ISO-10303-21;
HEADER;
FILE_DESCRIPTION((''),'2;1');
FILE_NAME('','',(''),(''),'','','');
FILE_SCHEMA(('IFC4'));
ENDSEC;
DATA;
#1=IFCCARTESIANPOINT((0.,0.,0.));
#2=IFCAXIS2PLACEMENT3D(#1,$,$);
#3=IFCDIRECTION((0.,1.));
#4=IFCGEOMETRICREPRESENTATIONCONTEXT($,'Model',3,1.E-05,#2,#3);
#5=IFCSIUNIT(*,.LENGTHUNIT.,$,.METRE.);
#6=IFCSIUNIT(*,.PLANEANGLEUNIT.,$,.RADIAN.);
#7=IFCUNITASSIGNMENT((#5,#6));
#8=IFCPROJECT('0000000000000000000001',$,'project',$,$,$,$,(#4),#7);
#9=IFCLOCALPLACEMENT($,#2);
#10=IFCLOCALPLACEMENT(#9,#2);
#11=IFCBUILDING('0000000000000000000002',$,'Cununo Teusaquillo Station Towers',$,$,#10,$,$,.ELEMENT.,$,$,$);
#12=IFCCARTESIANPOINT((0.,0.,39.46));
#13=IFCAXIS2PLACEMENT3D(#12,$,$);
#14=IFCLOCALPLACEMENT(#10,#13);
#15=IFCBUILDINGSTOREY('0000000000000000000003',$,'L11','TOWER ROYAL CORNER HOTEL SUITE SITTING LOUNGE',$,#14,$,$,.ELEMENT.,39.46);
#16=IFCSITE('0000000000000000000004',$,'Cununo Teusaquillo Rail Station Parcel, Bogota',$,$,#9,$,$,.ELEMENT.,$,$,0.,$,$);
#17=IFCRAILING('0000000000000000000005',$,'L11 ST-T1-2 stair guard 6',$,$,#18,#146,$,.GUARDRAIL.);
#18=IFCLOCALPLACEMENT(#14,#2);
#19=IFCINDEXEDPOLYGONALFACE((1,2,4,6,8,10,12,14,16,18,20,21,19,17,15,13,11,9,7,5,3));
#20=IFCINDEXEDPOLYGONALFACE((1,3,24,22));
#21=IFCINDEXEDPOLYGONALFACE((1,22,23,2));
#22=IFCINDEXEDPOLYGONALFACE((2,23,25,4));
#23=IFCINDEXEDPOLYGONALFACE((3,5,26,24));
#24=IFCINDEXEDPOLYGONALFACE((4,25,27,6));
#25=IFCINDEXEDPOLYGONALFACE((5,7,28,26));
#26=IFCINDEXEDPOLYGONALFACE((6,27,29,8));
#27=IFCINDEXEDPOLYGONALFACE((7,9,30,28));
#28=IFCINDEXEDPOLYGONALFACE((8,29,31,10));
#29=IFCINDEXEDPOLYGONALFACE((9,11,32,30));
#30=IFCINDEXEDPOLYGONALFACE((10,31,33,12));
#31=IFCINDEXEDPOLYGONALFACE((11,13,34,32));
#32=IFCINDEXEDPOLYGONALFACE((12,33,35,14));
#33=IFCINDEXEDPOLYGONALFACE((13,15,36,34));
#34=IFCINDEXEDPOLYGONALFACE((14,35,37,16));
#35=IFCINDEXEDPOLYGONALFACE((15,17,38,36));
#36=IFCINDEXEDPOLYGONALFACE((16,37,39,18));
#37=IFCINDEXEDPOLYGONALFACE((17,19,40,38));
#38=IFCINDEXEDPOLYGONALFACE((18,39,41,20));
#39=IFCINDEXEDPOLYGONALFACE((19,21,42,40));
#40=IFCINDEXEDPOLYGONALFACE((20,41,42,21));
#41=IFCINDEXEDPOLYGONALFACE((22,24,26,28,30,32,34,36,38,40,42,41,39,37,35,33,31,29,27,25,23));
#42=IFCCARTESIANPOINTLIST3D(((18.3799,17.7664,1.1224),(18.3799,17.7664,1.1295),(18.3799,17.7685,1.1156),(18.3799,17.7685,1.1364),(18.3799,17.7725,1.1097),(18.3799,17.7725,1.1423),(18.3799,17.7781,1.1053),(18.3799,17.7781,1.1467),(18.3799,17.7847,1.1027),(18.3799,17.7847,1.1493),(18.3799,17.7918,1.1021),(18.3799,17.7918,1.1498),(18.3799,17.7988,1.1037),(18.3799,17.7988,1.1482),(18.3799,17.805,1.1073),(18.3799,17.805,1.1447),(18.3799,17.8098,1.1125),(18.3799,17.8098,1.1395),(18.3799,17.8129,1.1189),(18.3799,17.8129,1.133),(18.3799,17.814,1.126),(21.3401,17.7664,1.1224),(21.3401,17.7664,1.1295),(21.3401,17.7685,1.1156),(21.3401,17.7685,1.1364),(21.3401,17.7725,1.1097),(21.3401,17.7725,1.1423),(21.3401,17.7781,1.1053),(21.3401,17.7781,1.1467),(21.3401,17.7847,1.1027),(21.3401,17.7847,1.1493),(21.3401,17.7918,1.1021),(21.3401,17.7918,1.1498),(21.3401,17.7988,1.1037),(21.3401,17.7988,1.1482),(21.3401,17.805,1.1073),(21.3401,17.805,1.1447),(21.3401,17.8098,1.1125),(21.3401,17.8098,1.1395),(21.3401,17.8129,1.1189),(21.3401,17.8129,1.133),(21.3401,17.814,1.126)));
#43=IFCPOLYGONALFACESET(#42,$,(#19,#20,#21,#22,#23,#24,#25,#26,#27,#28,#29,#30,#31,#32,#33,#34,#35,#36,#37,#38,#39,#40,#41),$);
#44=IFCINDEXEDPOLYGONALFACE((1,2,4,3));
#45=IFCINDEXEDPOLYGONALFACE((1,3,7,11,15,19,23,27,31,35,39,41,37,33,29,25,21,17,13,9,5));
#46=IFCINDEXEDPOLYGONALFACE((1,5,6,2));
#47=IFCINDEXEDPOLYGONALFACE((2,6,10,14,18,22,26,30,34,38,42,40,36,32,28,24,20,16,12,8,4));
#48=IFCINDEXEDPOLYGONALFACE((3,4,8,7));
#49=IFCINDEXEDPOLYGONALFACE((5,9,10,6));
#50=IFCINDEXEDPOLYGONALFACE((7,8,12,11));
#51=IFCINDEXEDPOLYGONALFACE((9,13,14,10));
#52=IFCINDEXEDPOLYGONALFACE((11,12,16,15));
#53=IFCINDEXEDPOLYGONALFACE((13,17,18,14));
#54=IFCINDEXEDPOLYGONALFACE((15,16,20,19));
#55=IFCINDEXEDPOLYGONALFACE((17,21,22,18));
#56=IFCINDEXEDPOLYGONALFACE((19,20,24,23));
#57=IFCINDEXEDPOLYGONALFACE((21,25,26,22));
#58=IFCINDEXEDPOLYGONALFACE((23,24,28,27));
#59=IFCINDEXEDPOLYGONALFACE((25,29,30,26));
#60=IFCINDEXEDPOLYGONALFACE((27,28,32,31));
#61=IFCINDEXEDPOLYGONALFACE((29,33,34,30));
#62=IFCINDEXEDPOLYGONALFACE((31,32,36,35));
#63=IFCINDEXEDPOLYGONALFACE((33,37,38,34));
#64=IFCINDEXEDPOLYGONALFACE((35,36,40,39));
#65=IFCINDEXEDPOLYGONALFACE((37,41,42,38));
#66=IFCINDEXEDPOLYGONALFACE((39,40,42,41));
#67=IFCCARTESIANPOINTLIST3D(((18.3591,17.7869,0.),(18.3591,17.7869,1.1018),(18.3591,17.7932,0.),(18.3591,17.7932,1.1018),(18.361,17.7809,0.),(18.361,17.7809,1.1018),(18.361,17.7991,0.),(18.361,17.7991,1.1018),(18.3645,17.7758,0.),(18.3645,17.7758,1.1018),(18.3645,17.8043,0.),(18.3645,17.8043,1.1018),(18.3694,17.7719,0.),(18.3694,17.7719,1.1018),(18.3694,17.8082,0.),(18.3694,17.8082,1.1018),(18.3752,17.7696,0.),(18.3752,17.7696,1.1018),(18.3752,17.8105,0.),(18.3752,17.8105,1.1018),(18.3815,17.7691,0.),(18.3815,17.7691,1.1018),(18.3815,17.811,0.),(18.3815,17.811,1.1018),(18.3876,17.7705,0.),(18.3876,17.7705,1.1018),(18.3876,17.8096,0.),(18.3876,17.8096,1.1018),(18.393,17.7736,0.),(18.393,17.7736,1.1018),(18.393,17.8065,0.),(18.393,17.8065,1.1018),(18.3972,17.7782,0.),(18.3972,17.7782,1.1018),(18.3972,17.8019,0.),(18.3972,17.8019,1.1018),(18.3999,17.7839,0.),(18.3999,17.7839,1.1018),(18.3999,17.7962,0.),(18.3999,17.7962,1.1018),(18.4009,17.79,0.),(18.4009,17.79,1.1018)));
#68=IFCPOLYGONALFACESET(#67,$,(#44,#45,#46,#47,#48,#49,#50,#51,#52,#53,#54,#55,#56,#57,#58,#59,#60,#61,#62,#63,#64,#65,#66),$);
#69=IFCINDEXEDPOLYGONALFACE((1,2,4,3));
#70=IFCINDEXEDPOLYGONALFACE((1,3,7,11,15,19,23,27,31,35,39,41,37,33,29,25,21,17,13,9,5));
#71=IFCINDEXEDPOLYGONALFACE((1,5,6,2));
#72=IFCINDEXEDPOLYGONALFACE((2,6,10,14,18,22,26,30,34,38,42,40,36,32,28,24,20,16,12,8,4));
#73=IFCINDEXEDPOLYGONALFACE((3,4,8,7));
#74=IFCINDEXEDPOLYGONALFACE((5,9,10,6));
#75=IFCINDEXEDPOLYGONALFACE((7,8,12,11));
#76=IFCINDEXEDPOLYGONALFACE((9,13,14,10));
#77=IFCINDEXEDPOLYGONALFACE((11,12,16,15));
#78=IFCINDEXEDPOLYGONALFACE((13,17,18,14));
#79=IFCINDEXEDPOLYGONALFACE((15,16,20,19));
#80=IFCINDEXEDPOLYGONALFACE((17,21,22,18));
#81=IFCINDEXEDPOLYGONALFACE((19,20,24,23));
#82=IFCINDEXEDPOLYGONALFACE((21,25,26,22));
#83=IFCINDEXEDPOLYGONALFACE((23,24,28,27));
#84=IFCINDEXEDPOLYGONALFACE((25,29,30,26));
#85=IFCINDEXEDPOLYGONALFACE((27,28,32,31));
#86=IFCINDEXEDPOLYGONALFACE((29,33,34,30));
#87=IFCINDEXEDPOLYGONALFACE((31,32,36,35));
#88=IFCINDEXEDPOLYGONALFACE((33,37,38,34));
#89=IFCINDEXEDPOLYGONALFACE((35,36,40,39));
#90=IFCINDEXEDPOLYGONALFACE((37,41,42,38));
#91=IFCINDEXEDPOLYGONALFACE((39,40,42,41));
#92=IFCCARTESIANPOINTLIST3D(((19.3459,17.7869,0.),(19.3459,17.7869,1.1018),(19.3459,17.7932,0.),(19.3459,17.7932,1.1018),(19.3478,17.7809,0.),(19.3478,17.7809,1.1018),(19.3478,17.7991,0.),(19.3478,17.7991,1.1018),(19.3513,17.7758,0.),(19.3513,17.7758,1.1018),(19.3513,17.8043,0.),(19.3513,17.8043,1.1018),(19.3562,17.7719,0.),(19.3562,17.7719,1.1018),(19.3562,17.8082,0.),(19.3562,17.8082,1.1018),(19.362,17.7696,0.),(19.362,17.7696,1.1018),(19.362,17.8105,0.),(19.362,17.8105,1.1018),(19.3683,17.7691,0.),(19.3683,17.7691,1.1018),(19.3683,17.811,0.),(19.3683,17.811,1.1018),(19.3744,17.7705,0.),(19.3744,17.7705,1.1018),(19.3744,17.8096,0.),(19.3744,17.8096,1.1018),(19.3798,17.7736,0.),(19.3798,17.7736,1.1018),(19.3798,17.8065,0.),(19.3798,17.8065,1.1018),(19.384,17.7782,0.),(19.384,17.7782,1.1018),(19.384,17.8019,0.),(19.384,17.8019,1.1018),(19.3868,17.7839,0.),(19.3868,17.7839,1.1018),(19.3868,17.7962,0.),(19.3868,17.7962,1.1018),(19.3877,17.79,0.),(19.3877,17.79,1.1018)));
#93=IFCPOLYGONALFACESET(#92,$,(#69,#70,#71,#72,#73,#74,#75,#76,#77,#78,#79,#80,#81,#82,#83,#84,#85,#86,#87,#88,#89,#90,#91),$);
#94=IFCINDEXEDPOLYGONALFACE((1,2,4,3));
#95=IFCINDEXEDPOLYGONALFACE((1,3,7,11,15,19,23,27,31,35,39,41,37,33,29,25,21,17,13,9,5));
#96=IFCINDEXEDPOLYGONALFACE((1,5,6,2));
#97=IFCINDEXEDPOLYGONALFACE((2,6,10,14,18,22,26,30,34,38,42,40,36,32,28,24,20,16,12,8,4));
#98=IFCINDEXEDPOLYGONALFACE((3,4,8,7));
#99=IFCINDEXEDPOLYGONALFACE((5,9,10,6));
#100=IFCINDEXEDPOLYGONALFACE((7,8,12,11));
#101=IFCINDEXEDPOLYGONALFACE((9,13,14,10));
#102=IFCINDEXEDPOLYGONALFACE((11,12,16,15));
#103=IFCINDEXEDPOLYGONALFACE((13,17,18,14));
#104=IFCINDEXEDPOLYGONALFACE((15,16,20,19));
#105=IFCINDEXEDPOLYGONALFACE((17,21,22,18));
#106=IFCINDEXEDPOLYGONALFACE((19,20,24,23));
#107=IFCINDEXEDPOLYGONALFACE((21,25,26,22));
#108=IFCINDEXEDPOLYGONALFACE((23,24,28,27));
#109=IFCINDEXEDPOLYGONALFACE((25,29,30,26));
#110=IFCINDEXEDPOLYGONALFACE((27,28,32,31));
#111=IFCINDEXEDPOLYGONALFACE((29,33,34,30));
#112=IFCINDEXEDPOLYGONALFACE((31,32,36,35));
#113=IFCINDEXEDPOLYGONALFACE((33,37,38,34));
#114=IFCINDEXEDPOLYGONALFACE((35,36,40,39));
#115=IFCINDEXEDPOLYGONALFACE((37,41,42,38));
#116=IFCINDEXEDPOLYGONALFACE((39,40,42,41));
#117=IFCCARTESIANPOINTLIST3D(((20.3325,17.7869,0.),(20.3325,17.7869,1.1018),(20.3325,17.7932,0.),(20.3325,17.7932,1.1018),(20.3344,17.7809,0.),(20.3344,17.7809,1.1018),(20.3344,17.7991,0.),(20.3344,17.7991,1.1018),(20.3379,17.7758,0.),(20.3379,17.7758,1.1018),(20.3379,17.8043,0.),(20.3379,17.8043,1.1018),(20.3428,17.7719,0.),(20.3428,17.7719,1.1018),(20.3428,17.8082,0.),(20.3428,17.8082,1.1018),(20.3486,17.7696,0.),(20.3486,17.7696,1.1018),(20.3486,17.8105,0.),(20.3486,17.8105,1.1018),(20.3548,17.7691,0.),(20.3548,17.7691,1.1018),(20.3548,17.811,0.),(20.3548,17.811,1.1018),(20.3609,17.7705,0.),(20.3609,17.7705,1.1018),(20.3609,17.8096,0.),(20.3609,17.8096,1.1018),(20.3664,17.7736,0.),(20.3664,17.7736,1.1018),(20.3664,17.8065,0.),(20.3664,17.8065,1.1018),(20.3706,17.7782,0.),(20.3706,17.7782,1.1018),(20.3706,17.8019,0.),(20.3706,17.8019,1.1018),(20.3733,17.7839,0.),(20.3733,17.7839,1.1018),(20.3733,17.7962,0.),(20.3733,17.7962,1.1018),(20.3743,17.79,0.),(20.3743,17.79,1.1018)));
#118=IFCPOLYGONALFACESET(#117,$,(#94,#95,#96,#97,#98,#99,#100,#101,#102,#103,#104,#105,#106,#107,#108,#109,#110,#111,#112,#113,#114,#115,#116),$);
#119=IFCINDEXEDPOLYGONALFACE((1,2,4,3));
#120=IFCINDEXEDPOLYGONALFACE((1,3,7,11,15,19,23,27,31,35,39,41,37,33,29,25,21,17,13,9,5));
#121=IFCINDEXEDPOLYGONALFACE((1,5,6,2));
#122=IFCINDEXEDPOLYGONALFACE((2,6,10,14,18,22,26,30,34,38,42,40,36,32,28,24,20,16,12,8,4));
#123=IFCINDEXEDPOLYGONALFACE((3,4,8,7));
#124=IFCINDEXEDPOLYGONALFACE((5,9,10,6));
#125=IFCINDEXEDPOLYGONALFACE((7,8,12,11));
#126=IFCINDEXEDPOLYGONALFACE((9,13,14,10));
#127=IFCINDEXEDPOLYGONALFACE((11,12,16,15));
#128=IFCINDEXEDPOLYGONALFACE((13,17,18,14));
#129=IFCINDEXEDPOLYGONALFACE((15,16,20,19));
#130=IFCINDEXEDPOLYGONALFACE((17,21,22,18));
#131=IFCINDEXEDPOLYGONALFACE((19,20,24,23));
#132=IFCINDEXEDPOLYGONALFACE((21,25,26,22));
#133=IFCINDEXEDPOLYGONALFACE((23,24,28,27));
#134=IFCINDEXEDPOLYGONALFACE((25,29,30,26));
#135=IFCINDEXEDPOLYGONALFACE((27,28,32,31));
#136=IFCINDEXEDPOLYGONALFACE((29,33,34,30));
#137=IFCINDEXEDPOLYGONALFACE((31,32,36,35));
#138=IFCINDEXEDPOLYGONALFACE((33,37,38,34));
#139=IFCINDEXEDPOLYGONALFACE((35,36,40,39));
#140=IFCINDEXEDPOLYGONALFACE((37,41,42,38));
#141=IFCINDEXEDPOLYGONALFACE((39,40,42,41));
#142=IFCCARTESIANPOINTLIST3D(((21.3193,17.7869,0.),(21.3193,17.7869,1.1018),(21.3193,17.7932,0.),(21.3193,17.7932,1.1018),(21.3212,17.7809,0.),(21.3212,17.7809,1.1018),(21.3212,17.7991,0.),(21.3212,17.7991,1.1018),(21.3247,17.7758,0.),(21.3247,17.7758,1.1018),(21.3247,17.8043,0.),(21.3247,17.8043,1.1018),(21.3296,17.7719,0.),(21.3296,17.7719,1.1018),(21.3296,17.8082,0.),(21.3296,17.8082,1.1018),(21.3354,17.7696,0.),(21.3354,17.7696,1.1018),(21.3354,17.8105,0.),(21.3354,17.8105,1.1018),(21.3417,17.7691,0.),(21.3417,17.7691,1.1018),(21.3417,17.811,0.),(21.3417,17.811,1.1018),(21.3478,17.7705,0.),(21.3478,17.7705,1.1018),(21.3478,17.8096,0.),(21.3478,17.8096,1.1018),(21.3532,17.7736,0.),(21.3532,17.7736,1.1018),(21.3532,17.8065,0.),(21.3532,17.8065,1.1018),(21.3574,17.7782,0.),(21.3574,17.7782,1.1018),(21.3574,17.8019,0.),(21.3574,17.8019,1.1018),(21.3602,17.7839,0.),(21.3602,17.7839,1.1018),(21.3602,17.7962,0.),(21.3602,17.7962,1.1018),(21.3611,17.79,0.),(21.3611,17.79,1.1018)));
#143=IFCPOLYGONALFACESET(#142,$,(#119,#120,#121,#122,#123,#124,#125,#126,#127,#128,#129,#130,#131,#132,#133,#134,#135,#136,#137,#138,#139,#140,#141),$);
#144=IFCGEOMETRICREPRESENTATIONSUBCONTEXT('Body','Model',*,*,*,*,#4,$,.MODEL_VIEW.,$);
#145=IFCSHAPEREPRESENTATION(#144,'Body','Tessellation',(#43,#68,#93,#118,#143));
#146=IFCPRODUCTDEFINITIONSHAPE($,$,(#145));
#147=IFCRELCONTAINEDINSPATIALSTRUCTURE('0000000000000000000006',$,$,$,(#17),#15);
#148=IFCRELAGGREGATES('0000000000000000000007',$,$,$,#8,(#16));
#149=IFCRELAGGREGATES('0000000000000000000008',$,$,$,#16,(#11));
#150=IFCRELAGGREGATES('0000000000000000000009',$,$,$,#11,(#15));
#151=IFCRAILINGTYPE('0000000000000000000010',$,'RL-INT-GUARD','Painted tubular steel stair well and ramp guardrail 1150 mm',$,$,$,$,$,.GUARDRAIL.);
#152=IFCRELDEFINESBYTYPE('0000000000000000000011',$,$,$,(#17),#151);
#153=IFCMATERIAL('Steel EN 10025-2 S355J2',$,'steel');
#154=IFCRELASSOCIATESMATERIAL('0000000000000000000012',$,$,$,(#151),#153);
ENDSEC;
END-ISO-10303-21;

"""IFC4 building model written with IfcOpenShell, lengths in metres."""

from ifc_helpers import new_model, si_unit, direction, frame, origin, origin_2d, place, context, subcontext, project, spatial, circle, extrude, material, type_object, element, save


model = new_model("IFC4")

# Units and contexts
model_context = context("Model", 3, precision=1e-05, world=origin(), true_north=direction((0.0, 1.0)))
body_context = subcontext(model_context, "Body", "Model", "MODEL_VIEW")
ifc_project = project(units=[si_unit("LENGTHUNIT", "METRE"), si_unit("PLANEANGLEUNIT", "RADIAN")], contexts=[model_context])

# Site, building, storey
site_placement = place(None, origin())
site = spatial("IfcSite", under=ifc_project, at=site_placement, Name="Cununo Teusaquillo Rail Station Parcel, Bogota", CompositionType="ELEMENT", RefElevation=0.0)
building_placement = place(site_placement, origin())
building = spatial("IfcBuilding", under=site, at=building_placement, Name="Cununo Teusaquillo Station Towers", CompositionType="ELEMENT")
storey_placement = place(building_placement, frame((0.0, 0.0, 39.46)))
storey = spatial("IfcBuildingStorey", under=building, at=storey_placement, Name="L11", Description="TOWER ROYAL CORNER HOTEL SUITE SITTING LOUNGE", CompositionType="ELEMENT", Elevation=39.46)

# Railing
ifc_material_1 = material(Name="Steel EN 10025-2 S355J2", Category="steel")
railing_type_1 = type_object("IfcRailingType", Name="RL-INT-GUARD", Description="Painted tubular steel stair well and ramp guardrail 1150 mm", PredefinedType="GUARDRAIL", material=ifc_material_1)
railing_1_placement = place(storey_placement, frame((18.3799, 17.79, 0.0)))
element("IfcRailing", 1, at=railing_1_placement, inside=storey, type_object=railing_type_1, Name="L11 ST-T1-2 stair guard 6", PredefinedType="GUARDRAIL", context=body_context, shape_type="SweptSolid", body=[
    extrude(circle(Radius=0.0239, at=origin_2d()), frame((0.0, 0.0, 1.126), z_axis=(1.0, 0.0, 0.0), x_axis=(0.0, 1.0, 0.0)), (0.0, 0.0, 1.0), 2.9602),
    extrude(circle(Radius=0.021, at=origin_2d()), origin(), (0.0, 0.0, 1.0), 1.1018),
    extrude(circle(Radius=0.021, at=origin_2d()), frame((0.9868, 0.0, 0.0)), (0.0, 0.0, 1.0), 1.1018),
    extrude(circle(Radius=0.021, at=origin_2d()), frame((1.9734, 0.0, 0.0)), (0.0, 0.0, 1.0), 1.1018),
    extrude(circle(Radius=0.021, at=origin_2d()), frame((2.9602, 0.0, 0.0)), (0.0, 0.0, 1.0), 1.1018),
])

save(model, "model.ifc")
